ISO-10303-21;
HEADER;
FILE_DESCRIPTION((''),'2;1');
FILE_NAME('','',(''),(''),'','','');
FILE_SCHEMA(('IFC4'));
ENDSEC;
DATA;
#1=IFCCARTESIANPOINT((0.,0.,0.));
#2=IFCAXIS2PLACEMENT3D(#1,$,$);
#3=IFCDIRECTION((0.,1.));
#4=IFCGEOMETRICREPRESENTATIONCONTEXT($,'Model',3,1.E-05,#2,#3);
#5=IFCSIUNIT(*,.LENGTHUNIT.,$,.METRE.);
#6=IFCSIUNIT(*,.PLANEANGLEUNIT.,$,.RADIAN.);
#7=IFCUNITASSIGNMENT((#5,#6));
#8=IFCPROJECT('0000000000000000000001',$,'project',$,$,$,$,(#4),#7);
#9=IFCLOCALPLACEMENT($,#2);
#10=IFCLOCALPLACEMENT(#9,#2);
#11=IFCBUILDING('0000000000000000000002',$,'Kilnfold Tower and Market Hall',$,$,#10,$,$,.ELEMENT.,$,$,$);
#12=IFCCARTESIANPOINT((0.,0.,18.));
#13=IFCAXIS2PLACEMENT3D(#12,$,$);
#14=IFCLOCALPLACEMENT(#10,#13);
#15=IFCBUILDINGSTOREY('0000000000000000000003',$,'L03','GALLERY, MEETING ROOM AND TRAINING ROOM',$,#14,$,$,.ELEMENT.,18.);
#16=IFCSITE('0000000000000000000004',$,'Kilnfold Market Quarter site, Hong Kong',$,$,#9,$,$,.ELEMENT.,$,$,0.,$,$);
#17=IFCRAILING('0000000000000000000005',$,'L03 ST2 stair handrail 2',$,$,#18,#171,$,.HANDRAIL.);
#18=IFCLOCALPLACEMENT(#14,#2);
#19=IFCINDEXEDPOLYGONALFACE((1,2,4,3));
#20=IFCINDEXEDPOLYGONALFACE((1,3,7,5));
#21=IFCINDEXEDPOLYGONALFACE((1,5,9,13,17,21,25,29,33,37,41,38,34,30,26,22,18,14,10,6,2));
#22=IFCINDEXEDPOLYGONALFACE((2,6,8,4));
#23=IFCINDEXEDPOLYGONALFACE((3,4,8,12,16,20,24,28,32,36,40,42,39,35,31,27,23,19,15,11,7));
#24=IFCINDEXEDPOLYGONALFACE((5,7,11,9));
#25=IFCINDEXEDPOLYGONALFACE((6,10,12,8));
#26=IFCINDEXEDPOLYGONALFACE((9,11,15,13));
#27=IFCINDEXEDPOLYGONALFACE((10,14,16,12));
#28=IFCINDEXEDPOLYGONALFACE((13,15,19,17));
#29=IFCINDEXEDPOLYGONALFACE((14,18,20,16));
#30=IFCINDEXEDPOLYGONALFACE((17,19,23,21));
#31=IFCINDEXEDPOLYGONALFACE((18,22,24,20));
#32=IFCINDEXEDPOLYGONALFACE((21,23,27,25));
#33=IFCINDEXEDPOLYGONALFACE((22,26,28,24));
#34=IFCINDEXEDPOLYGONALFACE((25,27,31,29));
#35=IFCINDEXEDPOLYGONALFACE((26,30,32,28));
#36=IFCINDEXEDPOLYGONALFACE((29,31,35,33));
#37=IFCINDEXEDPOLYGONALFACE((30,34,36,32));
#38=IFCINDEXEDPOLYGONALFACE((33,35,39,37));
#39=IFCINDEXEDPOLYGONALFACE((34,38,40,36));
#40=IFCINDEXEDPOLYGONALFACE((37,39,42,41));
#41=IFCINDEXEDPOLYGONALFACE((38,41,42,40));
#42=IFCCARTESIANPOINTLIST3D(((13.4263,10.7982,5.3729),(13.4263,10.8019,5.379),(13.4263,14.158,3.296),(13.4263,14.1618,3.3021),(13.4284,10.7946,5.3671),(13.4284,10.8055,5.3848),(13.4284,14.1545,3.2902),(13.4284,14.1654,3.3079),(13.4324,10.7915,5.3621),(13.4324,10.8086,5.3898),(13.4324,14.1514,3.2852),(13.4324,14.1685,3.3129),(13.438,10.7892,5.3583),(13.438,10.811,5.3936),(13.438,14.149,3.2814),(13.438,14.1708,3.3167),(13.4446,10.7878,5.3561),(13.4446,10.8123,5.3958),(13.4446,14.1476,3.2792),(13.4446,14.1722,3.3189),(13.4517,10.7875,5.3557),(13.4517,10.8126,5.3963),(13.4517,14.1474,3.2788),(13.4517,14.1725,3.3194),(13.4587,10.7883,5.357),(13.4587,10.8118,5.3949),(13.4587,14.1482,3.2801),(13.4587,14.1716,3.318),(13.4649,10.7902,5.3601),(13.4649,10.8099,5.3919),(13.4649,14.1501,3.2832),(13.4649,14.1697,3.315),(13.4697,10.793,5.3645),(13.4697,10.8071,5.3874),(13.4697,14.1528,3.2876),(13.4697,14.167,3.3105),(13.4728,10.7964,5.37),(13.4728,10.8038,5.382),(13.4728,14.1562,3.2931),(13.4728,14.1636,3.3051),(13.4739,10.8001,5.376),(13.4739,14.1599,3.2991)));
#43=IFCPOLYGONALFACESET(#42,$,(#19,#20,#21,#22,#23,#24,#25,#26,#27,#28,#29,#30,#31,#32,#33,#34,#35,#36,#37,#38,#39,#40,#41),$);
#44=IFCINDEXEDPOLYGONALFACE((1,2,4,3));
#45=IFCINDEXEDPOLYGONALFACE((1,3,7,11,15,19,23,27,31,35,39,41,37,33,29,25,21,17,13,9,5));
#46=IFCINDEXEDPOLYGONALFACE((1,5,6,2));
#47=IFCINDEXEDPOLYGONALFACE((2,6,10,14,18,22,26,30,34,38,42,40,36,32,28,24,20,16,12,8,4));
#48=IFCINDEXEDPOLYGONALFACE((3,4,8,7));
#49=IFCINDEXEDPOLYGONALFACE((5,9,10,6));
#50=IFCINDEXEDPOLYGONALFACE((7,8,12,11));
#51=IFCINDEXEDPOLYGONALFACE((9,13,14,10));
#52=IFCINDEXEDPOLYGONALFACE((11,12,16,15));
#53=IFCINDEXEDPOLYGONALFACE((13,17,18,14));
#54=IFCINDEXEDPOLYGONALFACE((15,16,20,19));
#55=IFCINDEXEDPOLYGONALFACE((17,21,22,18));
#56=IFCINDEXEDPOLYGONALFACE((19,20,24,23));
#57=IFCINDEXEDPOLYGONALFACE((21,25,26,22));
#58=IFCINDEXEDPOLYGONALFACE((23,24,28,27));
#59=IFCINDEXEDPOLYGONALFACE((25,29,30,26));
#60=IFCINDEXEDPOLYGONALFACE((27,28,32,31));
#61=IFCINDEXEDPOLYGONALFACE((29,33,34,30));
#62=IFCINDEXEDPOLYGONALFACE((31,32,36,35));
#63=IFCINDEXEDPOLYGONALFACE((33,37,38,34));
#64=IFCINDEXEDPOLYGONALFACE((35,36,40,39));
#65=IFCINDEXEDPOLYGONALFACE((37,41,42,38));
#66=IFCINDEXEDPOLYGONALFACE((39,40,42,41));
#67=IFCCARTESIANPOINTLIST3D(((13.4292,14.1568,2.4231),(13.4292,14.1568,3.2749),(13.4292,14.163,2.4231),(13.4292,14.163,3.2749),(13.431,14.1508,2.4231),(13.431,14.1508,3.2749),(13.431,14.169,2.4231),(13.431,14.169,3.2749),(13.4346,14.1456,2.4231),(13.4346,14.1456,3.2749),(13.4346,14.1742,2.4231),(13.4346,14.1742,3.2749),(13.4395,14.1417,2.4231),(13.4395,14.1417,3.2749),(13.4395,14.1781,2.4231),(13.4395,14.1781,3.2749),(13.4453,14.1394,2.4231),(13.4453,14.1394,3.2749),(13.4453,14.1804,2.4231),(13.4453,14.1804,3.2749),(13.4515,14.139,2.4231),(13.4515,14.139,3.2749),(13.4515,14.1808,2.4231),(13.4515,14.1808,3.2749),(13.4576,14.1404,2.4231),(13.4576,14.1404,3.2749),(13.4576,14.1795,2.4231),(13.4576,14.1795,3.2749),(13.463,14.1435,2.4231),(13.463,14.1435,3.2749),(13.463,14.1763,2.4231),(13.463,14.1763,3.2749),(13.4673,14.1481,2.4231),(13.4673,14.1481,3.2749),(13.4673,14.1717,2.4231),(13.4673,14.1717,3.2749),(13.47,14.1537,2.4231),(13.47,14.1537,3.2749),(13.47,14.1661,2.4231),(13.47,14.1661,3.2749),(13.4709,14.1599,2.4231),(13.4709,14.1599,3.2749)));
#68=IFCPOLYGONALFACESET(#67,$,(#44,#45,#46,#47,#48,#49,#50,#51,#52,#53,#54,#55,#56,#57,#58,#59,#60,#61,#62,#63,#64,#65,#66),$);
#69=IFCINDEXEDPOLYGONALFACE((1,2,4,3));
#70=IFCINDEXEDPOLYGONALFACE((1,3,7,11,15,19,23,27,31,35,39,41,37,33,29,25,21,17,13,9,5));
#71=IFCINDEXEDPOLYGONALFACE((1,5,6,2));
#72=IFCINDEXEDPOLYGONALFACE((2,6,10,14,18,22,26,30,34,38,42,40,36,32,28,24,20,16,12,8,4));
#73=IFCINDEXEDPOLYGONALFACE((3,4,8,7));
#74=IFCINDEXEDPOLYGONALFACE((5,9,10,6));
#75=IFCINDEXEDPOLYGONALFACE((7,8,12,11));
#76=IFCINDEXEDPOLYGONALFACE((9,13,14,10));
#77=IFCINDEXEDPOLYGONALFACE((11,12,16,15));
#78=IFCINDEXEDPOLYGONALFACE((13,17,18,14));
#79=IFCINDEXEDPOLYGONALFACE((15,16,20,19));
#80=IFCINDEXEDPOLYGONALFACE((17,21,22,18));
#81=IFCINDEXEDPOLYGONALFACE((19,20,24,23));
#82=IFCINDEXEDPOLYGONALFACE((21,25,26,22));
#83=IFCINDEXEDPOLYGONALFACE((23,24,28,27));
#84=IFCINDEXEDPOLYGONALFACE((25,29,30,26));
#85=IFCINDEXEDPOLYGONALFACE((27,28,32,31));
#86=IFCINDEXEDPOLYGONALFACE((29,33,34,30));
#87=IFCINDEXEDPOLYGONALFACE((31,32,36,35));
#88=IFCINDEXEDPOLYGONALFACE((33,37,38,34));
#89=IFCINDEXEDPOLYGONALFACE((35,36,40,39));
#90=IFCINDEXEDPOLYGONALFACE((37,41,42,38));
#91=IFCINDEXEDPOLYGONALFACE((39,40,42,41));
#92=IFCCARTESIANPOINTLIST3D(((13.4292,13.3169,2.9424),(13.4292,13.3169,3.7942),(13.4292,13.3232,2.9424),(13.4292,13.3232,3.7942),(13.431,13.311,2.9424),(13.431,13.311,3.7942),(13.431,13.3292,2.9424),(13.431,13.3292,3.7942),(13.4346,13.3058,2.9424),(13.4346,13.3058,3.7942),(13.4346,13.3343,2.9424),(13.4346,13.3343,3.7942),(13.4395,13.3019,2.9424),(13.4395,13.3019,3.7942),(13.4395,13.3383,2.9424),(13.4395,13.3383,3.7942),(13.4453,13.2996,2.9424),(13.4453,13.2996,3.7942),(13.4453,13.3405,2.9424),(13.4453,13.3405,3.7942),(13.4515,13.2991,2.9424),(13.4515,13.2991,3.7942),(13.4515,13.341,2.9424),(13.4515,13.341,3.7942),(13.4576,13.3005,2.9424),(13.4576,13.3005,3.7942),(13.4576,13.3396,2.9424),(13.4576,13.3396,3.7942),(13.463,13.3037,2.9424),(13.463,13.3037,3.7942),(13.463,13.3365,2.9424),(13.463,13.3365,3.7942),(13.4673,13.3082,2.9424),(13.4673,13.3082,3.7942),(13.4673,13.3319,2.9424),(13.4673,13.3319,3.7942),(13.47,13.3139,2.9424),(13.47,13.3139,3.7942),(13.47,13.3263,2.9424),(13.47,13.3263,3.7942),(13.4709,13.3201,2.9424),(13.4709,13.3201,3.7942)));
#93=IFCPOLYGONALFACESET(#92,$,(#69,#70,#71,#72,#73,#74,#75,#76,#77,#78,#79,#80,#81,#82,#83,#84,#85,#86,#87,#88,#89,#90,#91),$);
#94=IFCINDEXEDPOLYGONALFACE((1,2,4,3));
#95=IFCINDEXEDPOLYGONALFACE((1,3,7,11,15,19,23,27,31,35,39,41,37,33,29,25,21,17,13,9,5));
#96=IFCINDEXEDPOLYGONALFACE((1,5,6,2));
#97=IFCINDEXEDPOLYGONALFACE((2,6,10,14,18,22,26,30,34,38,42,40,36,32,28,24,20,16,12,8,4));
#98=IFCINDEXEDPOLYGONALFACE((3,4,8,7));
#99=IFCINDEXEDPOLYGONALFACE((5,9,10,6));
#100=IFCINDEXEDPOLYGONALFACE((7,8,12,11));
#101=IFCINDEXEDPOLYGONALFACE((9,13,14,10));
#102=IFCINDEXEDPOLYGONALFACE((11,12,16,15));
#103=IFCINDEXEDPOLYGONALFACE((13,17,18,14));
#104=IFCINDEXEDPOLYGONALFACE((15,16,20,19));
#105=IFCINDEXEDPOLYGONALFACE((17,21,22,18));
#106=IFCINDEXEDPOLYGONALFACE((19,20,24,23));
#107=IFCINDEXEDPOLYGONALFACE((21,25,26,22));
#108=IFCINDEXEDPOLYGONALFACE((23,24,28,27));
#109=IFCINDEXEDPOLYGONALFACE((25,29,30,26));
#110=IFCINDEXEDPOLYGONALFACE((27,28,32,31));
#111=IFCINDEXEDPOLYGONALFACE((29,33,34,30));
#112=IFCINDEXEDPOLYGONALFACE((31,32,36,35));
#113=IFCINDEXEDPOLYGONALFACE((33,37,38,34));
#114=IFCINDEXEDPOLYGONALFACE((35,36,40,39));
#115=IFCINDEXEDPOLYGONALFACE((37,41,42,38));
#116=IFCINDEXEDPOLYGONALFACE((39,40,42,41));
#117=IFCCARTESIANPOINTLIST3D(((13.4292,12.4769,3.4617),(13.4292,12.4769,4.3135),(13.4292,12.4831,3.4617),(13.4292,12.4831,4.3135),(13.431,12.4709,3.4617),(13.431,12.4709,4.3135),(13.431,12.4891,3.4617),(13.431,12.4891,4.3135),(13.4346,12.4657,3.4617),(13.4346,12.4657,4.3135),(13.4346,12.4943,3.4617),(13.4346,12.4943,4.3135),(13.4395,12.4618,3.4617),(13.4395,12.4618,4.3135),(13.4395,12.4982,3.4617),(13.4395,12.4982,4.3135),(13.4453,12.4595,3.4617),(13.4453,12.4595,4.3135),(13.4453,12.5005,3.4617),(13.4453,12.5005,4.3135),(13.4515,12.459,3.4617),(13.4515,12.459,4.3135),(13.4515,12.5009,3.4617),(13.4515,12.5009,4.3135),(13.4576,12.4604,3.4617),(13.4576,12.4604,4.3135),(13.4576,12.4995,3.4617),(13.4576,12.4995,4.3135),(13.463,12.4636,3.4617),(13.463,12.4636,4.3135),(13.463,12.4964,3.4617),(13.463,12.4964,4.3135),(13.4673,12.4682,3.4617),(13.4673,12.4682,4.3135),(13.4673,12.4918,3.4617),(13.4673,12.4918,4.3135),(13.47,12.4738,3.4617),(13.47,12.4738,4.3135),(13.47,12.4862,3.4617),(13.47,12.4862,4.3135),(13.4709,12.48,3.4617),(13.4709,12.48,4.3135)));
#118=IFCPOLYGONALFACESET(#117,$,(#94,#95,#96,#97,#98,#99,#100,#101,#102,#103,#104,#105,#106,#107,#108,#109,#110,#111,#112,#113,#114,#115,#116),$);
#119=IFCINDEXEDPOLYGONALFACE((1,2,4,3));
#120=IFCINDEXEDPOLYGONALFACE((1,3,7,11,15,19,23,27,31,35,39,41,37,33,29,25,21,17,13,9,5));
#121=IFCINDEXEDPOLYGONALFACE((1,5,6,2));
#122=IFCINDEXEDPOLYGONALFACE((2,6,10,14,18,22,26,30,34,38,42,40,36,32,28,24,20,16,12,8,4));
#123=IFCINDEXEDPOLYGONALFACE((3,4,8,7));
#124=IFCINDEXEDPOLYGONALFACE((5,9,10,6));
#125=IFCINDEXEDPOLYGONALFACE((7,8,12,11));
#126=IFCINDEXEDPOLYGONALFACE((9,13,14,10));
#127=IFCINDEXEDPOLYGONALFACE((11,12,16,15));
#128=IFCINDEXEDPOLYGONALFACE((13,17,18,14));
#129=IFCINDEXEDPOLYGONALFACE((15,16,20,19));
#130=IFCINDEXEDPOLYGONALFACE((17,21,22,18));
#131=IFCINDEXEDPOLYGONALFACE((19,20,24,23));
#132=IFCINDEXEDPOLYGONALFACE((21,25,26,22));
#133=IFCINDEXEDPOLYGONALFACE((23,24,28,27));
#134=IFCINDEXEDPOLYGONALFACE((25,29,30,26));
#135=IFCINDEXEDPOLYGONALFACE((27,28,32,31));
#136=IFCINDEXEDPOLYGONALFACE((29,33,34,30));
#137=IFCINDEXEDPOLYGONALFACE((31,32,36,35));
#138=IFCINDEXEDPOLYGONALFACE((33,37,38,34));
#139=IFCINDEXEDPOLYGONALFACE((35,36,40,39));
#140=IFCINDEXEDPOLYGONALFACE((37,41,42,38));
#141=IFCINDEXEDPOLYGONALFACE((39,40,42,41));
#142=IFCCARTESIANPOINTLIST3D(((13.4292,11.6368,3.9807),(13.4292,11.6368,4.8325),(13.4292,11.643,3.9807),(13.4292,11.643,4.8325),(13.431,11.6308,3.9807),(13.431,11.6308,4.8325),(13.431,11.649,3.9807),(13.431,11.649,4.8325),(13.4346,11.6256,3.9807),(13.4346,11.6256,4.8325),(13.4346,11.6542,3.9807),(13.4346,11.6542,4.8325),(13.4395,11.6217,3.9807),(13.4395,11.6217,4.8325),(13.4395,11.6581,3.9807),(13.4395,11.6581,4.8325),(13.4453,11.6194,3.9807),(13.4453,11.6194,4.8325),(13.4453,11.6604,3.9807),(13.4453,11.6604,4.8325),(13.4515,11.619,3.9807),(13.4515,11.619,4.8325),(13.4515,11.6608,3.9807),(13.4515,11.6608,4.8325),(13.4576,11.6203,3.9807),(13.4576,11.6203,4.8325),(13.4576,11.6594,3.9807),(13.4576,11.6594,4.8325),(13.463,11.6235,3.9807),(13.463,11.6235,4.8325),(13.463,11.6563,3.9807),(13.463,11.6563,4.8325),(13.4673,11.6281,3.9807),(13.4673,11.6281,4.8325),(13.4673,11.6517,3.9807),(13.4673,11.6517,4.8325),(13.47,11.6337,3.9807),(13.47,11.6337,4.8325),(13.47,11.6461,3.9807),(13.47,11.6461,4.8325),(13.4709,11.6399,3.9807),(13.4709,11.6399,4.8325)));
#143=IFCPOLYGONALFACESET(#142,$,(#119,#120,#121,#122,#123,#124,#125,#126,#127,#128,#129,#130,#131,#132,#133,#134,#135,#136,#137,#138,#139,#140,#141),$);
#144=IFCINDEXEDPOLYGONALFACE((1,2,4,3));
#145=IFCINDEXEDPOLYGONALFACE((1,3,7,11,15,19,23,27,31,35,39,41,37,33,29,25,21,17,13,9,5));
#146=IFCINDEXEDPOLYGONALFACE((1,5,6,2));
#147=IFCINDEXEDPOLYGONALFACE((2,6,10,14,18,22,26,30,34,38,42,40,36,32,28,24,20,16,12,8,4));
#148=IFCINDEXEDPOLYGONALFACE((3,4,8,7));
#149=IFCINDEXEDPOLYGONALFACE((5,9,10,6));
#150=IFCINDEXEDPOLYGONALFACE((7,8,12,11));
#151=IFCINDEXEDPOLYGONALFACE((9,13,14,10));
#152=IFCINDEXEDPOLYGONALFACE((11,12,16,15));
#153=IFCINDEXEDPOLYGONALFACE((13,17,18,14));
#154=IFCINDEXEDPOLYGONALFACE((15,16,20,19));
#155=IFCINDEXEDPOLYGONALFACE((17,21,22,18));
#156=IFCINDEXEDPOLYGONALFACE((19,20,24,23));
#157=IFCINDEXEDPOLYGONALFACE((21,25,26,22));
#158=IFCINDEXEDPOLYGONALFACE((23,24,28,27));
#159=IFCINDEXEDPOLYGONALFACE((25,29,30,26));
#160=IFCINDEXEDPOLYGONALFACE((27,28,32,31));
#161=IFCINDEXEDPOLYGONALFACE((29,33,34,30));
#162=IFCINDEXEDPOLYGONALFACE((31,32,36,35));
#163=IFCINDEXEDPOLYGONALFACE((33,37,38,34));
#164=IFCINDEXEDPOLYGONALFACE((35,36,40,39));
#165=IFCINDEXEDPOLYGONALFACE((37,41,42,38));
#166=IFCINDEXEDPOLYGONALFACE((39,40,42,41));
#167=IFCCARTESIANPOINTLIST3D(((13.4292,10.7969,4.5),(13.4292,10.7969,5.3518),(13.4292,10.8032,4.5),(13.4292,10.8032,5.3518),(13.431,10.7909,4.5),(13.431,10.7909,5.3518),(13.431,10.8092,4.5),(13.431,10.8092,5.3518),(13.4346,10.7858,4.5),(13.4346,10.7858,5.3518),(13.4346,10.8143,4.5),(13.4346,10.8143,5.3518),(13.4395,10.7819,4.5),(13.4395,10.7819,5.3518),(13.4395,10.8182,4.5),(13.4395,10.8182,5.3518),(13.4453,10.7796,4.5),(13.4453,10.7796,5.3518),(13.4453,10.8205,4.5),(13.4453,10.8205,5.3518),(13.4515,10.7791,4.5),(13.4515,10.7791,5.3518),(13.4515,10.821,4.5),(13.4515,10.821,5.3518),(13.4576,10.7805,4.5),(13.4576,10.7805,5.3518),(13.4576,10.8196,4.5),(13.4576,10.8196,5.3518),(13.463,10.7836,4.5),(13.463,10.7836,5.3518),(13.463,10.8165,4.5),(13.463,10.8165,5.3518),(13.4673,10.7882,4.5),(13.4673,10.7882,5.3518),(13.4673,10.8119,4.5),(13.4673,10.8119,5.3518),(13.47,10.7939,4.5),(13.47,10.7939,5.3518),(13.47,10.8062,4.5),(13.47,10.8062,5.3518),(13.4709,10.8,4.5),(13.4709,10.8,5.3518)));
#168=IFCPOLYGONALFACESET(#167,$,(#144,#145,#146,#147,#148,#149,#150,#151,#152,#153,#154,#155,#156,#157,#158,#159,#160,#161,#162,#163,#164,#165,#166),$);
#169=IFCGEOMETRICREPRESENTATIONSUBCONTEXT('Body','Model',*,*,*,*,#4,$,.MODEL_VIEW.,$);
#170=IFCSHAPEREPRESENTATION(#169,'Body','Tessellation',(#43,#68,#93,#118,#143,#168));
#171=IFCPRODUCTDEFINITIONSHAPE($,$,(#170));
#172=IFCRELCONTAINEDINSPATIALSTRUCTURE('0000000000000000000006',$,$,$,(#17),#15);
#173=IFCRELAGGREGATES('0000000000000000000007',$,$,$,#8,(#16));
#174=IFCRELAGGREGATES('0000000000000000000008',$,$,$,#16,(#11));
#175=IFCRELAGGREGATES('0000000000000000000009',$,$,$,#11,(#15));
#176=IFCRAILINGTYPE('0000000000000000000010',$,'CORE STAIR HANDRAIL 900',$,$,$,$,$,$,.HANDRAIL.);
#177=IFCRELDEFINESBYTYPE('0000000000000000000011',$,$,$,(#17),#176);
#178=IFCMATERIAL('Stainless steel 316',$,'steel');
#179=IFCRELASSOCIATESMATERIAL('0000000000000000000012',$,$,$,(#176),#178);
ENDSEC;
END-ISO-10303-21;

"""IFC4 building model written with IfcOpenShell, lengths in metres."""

from ifc_helpers import new_model, si_unit, direction, frame, origin, origin_2d, place, context, subcontext, project, spatial, circle, extrude, material, type_object, element, save


model = new_model("IFC4")

# Units and contexts
model_context = context("Model", 3, precision=1e-05, world=origin(), true_north=direction((0.0, 1.0)))
body_context = subcontext(model_context, "Body", "Model", "MODEL_VIEW")
ifc_project = project(units=[si_unit("LENGTHUNIT", "METRE"), si_unit("PLANEANGLEUNIT", "RADIAN")], contexts=[model_context])

# Site, building, storey
site_placement = place(None, origin())
site = spatial("IfcSite", under=ifc_project, at=site_placement, Name="Kilnfold Market Quarter site, Hong Kong", CompositionType="ELEMENT", RefElevation=0.0)
building_placement = place(site_placement, origin())
building = spatial("IfcBuilding", under=site, at=building_placement, Name="Kilnfold Tower and Market Hall", CompositionType="ELEMENT")
storey_placement = place(building_placement, frame((0.0, 0.0, 18.0)))
storey = spatial("IfcBuildingStorey", under=building, at=storey_placement, Name="L03", Description="GALLERY, MEETING ROOM AND TRAINING ROOM", CompositionType="ELEMENT", Elevation=18.0)

# Railing
ifc_material_1 = material(Name="Stainless steel 316", Category="steel")
railing_type_1 = type_object("IfcRailingType", Name="CORE STAIR HANDRAIL 900", PredefinedType="HANDRAIL", material=ifc_material_1)
railing_1_placement = place(storey_placement, frame((13.45, 14.1599, 2.4231)))
element("IfcRailing", 1, at=railing_1_placement, inside=storey, type_object=railing_type_1, Name="L03 ST2 stair handrail 2", PredefinedType="HANDRAIL", context=body_context, shape_type="SweptSolid", body=[
    extrude(circle(Radius=0.0239, at=origin_2d()), frame((0.0, 0.0, 0.876), z_axis=(0.0, -0.850606, 0.525803), x_axis=(1.0, 0.0, 0.0)), (0.0, 0.0, 1.0), 3.95),
    extrude(circle(Radius=0.021, at=origin_2d()), origin(), (0.0, 0.0, 1.0), 0.8518),
    extrude(circle(Radius=0.021, at=origin_2d()), frame((0.0, -0.8398, 0.5193)), (0.0, 0.0, 1.0), 0.8518),
    extrude(circle(Radius=0.021, at=origin_2d()), frame((0.0, -1.6799, 1.0386)), (0.0, 0.0, 1.0), 0.8518),
    extrude(circle(Radius=0.021, at=origin_2d()), frame((0.0, -2.52, 1.5576)), (0.0, 0.0, 1.0), 0.8518),
    extrude(circle(Radius=0.021, at=origin_2d()), frame((0.0, -3.3599, 2.0769)), (0.0, 0.0, 1.0), 0.8518),
])

save(model, "model.ifc")
